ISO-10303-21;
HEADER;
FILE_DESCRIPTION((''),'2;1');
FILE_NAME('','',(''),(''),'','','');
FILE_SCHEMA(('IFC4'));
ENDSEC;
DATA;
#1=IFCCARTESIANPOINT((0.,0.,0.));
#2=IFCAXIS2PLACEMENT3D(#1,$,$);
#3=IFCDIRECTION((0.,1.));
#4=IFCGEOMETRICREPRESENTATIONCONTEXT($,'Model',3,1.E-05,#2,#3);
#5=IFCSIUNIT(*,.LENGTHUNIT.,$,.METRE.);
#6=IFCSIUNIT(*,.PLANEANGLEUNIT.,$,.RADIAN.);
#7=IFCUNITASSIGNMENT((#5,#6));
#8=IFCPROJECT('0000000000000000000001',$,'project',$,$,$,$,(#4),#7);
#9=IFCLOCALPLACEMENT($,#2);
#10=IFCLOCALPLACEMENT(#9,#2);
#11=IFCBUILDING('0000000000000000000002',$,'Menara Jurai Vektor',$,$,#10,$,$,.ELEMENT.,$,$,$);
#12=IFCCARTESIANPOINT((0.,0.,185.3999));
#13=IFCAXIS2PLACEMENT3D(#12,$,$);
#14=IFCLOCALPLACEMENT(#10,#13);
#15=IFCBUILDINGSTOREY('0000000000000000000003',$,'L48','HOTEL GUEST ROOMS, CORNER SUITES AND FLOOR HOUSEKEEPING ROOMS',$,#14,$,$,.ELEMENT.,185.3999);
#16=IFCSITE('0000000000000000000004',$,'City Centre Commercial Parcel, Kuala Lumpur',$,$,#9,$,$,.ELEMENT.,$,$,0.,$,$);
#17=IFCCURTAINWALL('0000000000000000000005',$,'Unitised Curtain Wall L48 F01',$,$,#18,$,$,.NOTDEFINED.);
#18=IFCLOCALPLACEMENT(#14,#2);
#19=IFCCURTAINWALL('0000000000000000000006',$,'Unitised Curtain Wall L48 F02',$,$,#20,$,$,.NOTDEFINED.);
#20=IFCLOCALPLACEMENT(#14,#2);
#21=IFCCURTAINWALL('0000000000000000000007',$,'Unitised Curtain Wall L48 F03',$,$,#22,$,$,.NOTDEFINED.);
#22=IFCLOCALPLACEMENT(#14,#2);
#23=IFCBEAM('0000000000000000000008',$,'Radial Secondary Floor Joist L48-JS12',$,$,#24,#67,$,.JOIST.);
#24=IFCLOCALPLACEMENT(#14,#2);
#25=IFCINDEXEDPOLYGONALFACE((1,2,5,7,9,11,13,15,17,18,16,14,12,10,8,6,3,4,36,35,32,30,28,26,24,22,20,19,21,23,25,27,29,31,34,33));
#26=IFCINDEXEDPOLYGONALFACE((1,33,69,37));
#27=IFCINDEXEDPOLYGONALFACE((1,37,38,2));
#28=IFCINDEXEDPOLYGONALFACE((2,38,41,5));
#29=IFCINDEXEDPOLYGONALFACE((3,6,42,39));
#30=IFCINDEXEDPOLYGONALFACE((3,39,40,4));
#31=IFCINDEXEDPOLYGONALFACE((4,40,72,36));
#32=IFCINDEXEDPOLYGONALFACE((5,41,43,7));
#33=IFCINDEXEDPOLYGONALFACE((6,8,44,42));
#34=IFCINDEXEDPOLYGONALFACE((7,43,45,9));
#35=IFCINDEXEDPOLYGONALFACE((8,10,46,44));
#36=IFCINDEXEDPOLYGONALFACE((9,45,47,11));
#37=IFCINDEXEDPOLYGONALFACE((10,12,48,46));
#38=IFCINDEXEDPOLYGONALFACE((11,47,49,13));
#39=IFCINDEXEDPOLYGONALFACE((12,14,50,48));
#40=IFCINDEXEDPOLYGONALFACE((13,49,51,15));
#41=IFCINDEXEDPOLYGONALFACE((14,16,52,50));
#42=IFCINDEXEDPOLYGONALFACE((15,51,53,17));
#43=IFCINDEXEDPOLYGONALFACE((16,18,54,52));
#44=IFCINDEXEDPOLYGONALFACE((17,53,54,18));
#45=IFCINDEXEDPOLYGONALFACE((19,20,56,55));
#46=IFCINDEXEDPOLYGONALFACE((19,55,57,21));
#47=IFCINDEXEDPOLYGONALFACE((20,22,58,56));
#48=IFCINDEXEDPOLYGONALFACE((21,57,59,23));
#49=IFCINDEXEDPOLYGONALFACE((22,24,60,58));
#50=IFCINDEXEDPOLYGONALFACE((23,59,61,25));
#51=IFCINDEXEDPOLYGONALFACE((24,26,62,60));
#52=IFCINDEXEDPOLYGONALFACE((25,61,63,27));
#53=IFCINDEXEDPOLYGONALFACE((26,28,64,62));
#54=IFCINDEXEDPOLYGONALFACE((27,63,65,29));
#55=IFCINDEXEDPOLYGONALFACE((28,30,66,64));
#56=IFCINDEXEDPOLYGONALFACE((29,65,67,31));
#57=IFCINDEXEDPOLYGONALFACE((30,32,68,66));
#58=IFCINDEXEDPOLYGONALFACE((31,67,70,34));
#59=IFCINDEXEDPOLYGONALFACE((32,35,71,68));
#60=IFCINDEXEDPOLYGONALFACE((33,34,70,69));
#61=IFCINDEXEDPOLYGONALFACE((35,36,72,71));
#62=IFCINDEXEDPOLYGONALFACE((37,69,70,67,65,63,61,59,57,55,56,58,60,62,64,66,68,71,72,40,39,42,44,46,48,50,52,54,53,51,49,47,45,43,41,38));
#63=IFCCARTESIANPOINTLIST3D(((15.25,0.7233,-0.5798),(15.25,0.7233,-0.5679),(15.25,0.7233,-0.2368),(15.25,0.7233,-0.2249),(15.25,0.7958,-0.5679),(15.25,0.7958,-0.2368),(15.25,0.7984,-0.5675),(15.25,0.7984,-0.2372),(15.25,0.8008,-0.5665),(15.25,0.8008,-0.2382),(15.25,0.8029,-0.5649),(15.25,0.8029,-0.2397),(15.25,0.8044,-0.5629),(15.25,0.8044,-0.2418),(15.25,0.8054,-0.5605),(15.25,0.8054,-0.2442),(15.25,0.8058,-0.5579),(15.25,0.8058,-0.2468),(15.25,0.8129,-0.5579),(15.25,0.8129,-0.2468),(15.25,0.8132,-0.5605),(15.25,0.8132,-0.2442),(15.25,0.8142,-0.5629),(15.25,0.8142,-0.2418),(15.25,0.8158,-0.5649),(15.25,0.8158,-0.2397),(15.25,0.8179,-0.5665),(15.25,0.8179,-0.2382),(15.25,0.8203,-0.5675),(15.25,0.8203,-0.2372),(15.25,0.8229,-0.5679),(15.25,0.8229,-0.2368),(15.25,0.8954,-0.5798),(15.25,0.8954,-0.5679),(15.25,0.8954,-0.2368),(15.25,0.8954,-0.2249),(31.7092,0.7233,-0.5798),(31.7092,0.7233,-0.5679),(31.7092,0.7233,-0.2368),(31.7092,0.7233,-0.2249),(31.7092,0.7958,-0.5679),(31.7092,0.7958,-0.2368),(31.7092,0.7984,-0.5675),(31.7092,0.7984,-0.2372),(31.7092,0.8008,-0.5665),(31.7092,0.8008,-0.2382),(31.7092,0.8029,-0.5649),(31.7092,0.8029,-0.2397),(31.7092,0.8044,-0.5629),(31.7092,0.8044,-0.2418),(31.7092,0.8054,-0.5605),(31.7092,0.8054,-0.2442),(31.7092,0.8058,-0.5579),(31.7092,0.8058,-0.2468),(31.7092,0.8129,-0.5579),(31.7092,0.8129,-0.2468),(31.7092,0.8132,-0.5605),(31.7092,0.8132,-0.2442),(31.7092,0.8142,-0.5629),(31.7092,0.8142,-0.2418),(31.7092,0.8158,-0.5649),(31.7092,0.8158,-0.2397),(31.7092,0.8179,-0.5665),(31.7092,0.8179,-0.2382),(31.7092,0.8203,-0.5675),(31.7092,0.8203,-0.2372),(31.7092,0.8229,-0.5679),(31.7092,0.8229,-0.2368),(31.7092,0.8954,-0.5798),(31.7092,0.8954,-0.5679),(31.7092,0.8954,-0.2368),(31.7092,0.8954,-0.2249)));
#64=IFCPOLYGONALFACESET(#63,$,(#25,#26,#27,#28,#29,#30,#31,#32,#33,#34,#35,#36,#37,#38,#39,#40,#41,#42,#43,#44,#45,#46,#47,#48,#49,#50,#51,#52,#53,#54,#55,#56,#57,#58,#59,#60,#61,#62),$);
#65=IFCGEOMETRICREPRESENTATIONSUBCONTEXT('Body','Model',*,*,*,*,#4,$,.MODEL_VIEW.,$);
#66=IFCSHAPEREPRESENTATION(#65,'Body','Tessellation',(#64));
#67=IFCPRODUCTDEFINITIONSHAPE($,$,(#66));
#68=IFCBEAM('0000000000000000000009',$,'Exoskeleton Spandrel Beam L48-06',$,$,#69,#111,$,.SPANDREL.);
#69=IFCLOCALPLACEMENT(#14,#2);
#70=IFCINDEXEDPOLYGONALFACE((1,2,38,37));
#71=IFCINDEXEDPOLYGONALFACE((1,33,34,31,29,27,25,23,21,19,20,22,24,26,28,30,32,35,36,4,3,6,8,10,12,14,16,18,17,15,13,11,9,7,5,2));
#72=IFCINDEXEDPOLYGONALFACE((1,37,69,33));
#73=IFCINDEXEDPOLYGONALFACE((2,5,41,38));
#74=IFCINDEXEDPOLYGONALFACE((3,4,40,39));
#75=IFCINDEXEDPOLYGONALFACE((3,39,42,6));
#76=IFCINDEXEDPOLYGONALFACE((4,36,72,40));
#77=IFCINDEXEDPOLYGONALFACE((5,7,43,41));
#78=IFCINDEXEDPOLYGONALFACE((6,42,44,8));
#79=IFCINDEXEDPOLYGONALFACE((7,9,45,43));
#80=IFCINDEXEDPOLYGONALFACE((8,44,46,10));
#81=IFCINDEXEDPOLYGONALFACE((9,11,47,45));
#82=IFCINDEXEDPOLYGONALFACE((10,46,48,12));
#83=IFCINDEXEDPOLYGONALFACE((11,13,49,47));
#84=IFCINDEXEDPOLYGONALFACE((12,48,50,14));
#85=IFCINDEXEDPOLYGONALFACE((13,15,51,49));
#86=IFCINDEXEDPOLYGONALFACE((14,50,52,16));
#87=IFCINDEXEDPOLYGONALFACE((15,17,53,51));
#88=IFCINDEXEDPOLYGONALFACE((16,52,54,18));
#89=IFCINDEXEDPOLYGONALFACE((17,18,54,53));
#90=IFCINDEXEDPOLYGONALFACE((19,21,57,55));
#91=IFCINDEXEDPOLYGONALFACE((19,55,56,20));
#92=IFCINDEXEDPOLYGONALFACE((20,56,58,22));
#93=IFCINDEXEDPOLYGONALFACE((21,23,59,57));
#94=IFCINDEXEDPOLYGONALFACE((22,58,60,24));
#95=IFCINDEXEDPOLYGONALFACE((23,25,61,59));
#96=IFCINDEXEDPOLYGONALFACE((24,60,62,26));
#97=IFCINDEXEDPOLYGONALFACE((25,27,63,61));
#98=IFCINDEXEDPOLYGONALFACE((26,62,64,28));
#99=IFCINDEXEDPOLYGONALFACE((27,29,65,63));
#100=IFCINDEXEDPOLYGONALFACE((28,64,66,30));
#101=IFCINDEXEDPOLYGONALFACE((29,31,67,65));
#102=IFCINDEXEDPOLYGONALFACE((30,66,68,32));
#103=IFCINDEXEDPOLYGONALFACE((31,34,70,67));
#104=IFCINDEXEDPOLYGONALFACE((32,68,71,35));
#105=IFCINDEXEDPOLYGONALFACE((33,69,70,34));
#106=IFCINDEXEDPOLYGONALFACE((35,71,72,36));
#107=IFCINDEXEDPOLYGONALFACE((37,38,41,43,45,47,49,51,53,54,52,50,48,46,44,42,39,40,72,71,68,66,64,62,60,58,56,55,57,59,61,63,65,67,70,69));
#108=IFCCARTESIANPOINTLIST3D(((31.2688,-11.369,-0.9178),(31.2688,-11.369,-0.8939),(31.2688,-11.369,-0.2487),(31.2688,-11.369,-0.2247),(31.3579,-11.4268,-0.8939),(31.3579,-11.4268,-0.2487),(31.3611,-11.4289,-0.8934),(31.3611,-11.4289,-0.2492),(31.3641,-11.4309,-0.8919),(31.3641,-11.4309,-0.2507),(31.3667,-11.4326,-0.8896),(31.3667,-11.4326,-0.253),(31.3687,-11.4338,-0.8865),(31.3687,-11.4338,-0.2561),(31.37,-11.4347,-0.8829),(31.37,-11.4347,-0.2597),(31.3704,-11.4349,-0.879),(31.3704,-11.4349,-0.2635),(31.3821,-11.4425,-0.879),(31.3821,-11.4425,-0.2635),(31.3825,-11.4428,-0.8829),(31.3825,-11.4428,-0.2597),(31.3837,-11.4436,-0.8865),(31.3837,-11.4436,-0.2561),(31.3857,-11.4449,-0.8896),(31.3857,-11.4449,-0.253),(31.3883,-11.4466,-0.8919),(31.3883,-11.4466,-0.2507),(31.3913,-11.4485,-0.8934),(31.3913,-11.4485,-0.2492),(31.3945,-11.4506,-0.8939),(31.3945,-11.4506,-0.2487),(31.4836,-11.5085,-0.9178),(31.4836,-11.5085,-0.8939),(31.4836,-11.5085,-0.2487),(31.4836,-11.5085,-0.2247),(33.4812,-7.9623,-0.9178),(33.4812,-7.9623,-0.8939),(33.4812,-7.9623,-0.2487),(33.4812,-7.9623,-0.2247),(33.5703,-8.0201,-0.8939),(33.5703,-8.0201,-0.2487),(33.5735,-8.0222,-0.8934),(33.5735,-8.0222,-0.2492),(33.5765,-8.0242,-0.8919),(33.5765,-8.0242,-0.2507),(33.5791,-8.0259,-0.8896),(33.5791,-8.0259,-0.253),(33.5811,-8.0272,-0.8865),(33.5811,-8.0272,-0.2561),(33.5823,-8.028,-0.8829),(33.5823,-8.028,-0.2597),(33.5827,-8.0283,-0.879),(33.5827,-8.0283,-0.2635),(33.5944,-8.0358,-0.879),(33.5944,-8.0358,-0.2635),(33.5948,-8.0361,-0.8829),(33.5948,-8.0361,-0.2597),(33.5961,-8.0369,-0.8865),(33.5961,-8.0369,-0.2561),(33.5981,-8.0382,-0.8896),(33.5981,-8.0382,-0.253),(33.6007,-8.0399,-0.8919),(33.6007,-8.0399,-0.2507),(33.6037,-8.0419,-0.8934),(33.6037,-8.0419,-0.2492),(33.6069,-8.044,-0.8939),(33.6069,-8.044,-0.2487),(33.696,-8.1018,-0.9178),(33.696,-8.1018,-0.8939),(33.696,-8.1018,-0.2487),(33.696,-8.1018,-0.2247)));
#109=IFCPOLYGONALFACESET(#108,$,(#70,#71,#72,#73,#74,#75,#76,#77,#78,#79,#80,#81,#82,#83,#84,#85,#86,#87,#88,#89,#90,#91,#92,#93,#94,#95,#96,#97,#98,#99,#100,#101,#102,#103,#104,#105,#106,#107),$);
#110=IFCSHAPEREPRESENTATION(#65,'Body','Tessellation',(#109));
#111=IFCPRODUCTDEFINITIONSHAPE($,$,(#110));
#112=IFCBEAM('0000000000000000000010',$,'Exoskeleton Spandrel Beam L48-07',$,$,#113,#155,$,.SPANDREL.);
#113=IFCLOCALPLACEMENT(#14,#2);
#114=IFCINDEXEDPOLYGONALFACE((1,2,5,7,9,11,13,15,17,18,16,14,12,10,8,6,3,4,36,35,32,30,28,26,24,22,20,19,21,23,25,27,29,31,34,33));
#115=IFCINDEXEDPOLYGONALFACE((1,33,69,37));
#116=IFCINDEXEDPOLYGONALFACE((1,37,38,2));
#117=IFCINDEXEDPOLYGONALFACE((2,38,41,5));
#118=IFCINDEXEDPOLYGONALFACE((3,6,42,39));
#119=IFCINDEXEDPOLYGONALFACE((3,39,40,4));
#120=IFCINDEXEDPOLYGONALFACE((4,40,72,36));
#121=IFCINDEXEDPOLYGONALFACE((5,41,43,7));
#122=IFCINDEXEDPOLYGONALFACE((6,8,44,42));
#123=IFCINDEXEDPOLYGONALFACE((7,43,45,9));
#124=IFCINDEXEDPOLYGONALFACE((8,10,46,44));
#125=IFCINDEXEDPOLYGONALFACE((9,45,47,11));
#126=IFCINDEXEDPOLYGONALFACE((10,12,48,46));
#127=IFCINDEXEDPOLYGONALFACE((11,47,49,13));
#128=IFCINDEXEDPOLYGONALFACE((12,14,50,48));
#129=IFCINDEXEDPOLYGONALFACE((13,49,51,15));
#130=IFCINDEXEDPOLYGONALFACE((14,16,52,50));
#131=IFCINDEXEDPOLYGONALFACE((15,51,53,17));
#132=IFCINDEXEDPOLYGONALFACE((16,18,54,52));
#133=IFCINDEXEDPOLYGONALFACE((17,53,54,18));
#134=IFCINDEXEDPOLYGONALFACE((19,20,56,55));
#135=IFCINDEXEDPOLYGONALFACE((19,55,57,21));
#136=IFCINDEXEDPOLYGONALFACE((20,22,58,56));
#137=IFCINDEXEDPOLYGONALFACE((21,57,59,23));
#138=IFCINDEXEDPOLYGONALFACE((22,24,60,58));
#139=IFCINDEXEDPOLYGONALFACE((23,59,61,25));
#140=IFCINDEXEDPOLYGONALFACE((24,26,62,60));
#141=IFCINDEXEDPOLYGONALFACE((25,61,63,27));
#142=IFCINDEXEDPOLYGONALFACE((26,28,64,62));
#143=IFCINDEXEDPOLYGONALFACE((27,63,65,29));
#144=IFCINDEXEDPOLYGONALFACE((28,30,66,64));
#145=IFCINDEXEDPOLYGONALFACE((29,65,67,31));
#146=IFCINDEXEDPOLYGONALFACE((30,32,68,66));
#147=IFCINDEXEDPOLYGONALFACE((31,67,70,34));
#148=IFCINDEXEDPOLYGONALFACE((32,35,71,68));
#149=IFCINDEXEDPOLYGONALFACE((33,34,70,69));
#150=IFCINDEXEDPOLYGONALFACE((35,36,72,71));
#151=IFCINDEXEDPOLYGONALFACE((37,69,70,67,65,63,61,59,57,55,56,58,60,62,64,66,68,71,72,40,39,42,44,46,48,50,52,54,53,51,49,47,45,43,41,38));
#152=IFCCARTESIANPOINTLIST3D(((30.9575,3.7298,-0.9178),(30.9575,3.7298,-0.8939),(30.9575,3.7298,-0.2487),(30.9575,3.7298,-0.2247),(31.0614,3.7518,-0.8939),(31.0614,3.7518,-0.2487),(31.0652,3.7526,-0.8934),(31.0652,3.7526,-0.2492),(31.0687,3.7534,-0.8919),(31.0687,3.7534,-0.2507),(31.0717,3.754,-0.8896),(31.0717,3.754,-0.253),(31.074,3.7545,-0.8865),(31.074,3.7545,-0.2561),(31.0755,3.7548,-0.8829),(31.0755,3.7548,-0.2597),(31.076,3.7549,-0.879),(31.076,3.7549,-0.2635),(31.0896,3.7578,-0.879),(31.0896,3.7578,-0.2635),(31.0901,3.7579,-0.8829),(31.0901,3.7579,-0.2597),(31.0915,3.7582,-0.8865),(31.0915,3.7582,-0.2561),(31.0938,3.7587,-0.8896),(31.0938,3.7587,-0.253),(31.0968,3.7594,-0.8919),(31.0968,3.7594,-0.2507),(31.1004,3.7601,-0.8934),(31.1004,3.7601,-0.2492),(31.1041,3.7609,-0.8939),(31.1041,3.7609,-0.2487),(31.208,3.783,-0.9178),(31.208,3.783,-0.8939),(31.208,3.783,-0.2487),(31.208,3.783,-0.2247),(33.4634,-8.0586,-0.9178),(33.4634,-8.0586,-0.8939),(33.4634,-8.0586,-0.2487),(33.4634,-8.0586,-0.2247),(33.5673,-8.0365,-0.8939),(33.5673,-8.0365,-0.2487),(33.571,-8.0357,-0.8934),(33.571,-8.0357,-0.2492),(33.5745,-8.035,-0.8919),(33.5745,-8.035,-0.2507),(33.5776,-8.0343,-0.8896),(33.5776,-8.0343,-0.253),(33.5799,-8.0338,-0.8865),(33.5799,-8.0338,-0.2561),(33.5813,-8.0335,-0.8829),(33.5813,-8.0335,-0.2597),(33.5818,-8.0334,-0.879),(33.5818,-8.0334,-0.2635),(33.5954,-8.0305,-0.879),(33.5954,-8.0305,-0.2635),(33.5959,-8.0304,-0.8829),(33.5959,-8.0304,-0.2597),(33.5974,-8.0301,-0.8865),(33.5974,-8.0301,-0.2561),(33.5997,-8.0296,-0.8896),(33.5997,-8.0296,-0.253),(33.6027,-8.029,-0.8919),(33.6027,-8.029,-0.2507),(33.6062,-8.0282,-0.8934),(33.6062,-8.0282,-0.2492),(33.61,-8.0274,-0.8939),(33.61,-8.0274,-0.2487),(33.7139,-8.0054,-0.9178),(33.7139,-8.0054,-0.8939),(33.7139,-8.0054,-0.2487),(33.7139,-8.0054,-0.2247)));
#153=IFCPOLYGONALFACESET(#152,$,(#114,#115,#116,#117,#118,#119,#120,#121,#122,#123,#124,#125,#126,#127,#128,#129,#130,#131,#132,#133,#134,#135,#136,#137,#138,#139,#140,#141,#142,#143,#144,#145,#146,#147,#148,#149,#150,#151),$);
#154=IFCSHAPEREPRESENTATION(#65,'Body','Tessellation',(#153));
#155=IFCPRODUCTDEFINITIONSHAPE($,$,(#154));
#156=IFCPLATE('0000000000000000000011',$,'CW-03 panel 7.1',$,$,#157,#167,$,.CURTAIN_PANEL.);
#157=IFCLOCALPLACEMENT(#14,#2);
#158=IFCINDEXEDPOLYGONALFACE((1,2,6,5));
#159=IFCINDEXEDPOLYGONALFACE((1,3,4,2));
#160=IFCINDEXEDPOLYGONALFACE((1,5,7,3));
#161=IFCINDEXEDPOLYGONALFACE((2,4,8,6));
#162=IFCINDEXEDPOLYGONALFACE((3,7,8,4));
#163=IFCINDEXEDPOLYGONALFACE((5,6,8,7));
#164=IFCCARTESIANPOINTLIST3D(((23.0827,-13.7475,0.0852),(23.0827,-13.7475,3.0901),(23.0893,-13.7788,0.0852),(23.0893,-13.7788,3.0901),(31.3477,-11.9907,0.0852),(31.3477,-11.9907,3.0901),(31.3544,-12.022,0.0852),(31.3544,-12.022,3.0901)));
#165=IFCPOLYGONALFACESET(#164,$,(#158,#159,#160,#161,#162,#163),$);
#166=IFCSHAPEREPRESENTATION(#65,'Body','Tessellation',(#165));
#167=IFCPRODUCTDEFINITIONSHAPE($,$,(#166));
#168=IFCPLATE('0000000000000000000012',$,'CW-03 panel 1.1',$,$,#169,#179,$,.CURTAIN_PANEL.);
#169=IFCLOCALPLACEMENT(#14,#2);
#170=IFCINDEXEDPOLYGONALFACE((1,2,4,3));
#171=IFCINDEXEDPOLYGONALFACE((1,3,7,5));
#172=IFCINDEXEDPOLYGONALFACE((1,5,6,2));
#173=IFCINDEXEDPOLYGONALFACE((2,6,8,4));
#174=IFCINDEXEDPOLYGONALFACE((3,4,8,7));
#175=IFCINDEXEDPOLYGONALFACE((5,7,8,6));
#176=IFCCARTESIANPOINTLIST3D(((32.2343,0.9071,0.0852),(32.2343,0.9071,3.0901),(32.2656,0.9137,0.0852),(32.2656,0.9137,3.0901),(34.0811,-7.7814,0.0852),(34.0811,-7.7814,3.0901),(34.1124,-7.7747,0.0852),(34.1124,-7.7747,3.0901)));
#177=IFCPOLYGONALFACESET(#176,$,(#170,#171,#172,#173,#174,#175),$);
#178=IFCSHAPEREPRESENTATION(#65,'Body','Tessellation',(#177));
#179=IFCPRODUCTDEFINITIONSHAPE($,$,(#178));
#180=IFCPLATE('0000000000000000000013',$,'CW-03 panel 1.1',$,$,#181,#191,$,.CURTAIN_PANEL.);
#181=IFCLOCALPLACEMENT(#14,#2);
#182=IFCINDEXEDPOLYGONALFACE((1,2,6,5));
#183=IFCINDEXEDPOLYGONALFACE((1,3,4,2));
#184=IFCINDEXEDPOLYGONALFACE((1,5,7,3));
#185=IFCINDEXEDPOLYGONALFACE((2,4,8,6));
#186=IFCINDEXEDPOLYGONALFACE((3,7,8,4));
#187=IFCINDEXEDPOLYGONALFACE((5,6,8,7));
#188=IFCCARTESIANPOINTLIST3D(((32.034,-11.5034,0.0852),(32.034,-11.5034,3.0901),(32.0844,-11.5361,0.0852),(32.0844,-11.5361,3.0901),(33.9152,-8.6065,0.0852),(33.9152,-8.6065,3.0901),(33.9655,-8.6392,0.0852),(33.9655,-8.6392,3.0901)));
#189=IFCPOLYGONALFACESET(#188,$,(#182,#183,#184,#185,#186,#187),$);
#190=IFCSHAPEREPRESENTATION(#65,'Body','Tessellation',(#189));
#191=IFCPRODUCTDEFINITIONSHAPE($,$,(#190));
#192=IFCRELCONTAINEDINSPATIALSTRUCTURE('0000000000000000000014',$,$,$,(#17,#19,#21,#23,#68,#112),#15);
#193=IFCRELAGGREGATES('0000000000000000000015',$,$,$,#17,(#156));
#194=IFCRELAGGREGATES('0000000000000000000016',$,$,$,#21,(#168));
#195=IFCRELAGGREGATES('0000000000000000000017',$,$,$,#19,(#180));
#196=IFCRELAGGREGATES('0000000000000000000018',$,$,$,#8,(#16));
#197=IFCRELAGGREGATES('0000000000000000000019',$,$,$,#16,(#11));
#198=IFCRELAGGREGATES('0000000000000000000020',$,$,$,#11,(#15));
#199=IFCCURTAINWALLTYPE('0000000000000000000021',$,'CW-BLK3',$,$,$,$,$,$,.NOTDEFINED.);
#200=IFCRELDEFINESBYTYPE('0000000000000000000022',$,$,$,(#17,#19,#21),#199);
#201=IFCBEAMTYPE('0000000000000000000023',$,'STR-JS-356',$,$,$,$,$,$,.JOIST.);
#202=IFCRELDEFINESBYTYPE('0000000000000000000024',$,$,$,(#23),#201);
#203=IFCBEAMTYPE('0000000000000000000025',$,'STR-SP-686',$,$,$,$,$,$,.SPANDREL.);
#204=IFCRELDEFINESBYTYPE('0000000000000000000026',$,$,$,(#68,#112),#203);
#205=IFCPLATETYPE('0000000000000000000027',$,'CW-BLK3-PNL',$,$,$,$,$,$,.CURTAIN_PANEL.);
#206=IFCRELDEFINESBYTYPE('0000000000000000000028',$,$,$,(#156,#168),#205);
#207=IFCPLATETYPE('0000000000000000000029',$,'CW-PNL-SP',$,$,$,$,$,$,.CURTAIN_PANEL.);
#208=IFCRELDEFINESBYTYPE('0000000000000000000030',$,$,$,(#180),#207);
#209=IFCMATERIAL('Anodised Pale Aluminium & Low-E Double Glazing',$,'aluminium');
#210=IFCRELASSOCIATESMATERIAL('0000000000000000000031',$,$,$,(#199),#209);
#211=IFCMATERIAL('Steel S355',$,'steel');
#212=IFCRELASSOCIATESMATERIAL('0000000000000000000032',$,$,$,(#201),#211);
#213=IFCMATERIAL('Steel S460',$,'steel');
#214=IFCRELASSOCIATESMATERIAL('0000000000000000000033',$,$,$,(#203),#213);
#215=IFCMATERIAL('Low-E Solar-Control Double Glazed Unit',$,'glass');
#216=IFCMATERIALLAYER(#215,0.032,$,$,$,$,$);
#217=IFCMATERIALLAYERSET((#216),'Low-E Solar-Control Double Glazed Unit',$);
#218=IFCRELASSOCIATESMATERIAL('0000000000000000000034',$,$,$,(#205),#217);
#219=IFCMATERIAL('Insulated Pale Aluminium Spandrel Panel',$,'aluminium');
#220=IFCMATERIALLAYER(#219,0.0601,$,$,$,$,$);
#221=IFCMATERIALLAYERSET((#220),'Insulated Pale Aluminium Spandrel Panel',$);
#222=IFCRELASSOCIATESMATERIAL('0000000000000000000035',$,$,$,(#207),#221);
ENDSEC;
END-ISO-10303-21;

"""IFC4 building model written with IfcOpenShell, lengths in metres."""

from ifc_helpers import new_model, si_unit, direction, frame, origin, origin_2d, place, context, subcontext, project, spatial, rectangle, i_section, extrude, material, layer, layer_set, material_profile, profile_set, type_object, element, aggregate, save


model = new_model("IFC4")

# Units and contexts
model_context = context("Model", 3, precision=1e-05, world=origin(), true_north=direction((0.0, 1.0)))
body_context = subcontext(model_context, "Body", "Model", "MODEL_VIEW")
ifc_project = project(units=[si_unit("LENGTHUNIT", "METRE"), si_unit("PLANEANGLEUNIT", "RADIAN")], contexts=[model_context])

# Site, building, storey
site_placement = place(None, origin())
site = spatial("IfcSite", under=ifc_project, at=site_placement, Name="City Centre Commercial Parcel, Kuala Lumpur", CompositionType="ELEMENT", RefElevation=0.0)
building_placement = place(site_placement, origin())
building = spatial("IfcBuilding", under=site, at=building_placement, Name="Menara Jurai Vektor", CompositionType="ELEMENT")
storey_placement = place(building_placement, frame((0.0, 0.0, 185.3999)))
storey = spatial("IfcBuildingStorey", under=building, at=storey_placement, Name="L48", Description="HOTEL GUEST ROOMS, CORNER SUITES AND FLOOR HOUSEKEEPING ROOMS", CompositionType="ELEMENT", Elevation=185.3999)

# Shared definitions
ifc_material_1 = material(Name="Steel S460", Category="steel")

# Curtain walls
ifc_material_2 = material(Name="Anodised Pale Aluminium & Low-E Double Glazing", Category="aluminium")
curtain_wall_type = type_object("IfcCurtainWallType", Name="CW-BLK3", PredefinedType="NOTDEFINED", material=ifc_material_2)
curtain_wall_1_placement = place(storey_placement, origin())
curtain_wall_1 = element("IfcCurtainWall", 1, at=curtain_wall_1_placement, inside=storey, type_object=curtain_wall_type, Name="Unitised Curtain Wall L48 F01", PredefinedType="NOTDEFINED")
curtain_wall_2_placement = place(storey_placement, origin())
curtain_wall_2 = element("IfcCurtainWall", 2, at=curtain_wall_2_placement, inside=storey, type_object=curtain_wall_type, Name="Unitised Curtain Wall L48 F02", PredefinedType="NOTDEFINED")

# Curtain wall
curtain_wall_3_placement = place(storey_placement, origin())
curtain_wall_3 = element("IfcCurtainWall", 3, at=curtain_wall_3_placement, inside=storey, type_object=curtain_wall_type, Name="Unitised Curtain Wall L48 F03", PredefinedType="NOTDEFINED")

# Shared definitions
ifc_material_3 = material(Name="Steel S355", Category="steel")

# Beams
ifc_material_profile_1 = material_profile(ifc_material_3, i_section(OverallWidth=0.1721, OverallDepth=0.355, WebThickness=0.0071, FlangeThickness=0.012, FilletRadius=0.01, at=origin_2d()), Name="UKB 356x171x51")
ifc_profile_set_1 = profile_set([ifc_material_profile_1], Name="Steel S355")
beam_type_1 = type_object("IfcBeamType", Name="STR-JS-356", PredefinedType="JOIST", material=ifc_profile_set_1)
beam_1_placement = place(storey_placement, frame((31.7092, 0.8093, -0.4023), z_axis=(-1.0, 0.0, 0.0), x_axis=(0.0, -1.0, 0.0)))
element("IfcBeam", 4, at=beam_1_placement, inside=storey, type_object=beam_type_1, Name="Radial Secondary Floor Joist L48-JS12", PredefinedType="JOIST", context=body_context, shape_type="SweptSolid", body=[
    extrude(i_section(OverallWidth=0.1721, OverallDepth=0.355, WebThickness=0.0071, FlangeThickness=0.012, FilletRadius=0.01, at=origin_2d()), origin(), (0.0, 0.0, 1.0), 16.4592),
])
ifc_material_profile_2 = material_profile(ifc_material_1, i_section(OverallWidth=0.2561, OverallDepth=0.6931, WebThickness=0.0139, FlangeThickness=0.0239, FilletRadius=0.0149, at=origin_2d()), Name="UKB 686x254x170")
ifc_profile_set_2 = profile_set([ifc_material_profile_2], Name="Steel S460")
beam_type_2 = type_object("IfcBeamType", Name="STR-SP-686", PredefinedType="SPANDREL", material=ifc_profile_set_2)
beam_2_placement = place(storey_placement, frame((31.3762, -11.4387, -0.5713), z_axis=(0.544646, 0.838666, 0.0), x_axis=(-0.838666, 0.544646, 0.0)))
element("IfcBeam", 5, at=beam_2_placement, inside=storey, type_object=beam_type_2, Name="Exoskeleton Spandrel Beam L48-06", PredefinedType="SPANDREL", context=body_context, shape_type="SweptSolid", body=[
    extrude(i_section(OverallWidth=0.2561, OverallDepth=0.6931, WebThickness=0.0139, FlangeThickness=0.0239, FilletRadius=0.0149, at=origin_2d()), origin(), (0.0, 0.0, 1.0), 4.062),
])
beam_3_placement = place(storey_placement, frame((33.5886, -8.032, -0.5713), z_axis=(-0.207925, 0.978145, 0.0), x_axis=(-0.978145, -0.207925, 0.0)))
element("IfcBeam", 6, at=beam_3_placement, inside=storey, type_object=beam_type_2, Name="Exoskeleton Spandrel Beam L48-07", PredefinedType="SPANDREL", context=body_context, shape_type="SweptSolid", body=[
    extrude(i_section(OverallWidth=0.2561, OverallDepth=0.6931, WebThickness=0.0139, FlangeThickness=0.0239, FilletRadius=0.0149, at=origin_2d()), origin(), (0.0, 0.0, 1.0), 12.0518),
])

# Plates
ifc_material_4 = material(Name="Low-E Solar-Control Double Glazed Unit", Category="glass")
ifc_layer_1 = layer(ifc_material_4, 0.032)
ifc_layer_set_1 = layer_set([ifc_layer_1], Name="Low-E Solar-Control Double Glazed Unit")
plate_type_1 = type_object("IfcPlateType", Name="CW-BLK3-PNL", PredefinedType="CURTAIN_PANEL", material=ifc_layer_set_1)
plate_1_placement = place(storey_placement, frame((27.2185, -12.8848, 0.0852), z_axis=(0.0, 0.0, 1.0), x_axis=(0.978148, 0.207911, 0.0)))
plate_1 = element("IfcPlate", 7, at=plate_1_placement, type_object=plate_type_1, Name="CW-03 panel 7.1", PredefinedType="CURTAIN_PANEL", context=body_context, shape_type="SweptSolid", body=[
    extrude(rectangle(XDim=8.4497, YDim=0.032, at=origin_2d()), origin(), (0.0, 0.0, 1.0), 3.0049),
])
aggregate(curtain_wall_1, [plate_1])
plate_2_placement = place(storey_placement, frame((33.1733, -3.4338, 0.0852), z_axis=(0.0, 0.0, 1.0), x_axis=(-0.20791, 0.978148, 0.0)))
plate_2 = element("IfcPlate", 8, at=plate_2_placement, type_object=plate_type_1, Name="CW-03 panel 1.1", PredefinedType="CURTAIN_PANEL", context=body_context, shape_type="SweptSolid", body=[
    extrude(rectangle(XDim=8.8826, YDim=0.032, at=origin_2d()), origin(), (0.0, 0.0, 1.0), 3.0049),
])
aggregate(curtain_wall_3, [plate_2])
ifc_material_5 = material(Name="Insulated Pale Aluminium Spandrel Panel", Category="aluminium")
ifc_layer_2 = layer(ifc_material_5, 0.0601)
ifc_layer_set_2 = layer_set([ifc_layer_2], Name="Insulated Pale Aluminium Spandrel Panel")
plate_type_2 = type_object("IfcPlateType", Name="CW-PNL-SP", PredefinedType="CURTAIN_PANEL", material=ifc_layer_set_2)
plate_3_placement = place(storey_placement, frame((32.9998, -10.0713, 0.0852), z_axis=(0.0, 0.0, 1.0), x_axis=(0.544618, 0.838684, 0.0)))
plate_3 = element("IfcPlate", 9, at=plate_3_placement, type_object=plate_type_2, Name="CW-03 panel 1.1", PredefinedType="CURTAIN_PANEL", context=body_context, shape_type="SweptSolid", body=[
    extrude(rectangle(XDim=3.4541, YDim=0.0601, at=origin_2d()), origin(), (0.0, 0.0, 1.0), 3.0049),
])
aggregate(curtain_wall_2, [plate_3])

save(model, "model.ifc")
